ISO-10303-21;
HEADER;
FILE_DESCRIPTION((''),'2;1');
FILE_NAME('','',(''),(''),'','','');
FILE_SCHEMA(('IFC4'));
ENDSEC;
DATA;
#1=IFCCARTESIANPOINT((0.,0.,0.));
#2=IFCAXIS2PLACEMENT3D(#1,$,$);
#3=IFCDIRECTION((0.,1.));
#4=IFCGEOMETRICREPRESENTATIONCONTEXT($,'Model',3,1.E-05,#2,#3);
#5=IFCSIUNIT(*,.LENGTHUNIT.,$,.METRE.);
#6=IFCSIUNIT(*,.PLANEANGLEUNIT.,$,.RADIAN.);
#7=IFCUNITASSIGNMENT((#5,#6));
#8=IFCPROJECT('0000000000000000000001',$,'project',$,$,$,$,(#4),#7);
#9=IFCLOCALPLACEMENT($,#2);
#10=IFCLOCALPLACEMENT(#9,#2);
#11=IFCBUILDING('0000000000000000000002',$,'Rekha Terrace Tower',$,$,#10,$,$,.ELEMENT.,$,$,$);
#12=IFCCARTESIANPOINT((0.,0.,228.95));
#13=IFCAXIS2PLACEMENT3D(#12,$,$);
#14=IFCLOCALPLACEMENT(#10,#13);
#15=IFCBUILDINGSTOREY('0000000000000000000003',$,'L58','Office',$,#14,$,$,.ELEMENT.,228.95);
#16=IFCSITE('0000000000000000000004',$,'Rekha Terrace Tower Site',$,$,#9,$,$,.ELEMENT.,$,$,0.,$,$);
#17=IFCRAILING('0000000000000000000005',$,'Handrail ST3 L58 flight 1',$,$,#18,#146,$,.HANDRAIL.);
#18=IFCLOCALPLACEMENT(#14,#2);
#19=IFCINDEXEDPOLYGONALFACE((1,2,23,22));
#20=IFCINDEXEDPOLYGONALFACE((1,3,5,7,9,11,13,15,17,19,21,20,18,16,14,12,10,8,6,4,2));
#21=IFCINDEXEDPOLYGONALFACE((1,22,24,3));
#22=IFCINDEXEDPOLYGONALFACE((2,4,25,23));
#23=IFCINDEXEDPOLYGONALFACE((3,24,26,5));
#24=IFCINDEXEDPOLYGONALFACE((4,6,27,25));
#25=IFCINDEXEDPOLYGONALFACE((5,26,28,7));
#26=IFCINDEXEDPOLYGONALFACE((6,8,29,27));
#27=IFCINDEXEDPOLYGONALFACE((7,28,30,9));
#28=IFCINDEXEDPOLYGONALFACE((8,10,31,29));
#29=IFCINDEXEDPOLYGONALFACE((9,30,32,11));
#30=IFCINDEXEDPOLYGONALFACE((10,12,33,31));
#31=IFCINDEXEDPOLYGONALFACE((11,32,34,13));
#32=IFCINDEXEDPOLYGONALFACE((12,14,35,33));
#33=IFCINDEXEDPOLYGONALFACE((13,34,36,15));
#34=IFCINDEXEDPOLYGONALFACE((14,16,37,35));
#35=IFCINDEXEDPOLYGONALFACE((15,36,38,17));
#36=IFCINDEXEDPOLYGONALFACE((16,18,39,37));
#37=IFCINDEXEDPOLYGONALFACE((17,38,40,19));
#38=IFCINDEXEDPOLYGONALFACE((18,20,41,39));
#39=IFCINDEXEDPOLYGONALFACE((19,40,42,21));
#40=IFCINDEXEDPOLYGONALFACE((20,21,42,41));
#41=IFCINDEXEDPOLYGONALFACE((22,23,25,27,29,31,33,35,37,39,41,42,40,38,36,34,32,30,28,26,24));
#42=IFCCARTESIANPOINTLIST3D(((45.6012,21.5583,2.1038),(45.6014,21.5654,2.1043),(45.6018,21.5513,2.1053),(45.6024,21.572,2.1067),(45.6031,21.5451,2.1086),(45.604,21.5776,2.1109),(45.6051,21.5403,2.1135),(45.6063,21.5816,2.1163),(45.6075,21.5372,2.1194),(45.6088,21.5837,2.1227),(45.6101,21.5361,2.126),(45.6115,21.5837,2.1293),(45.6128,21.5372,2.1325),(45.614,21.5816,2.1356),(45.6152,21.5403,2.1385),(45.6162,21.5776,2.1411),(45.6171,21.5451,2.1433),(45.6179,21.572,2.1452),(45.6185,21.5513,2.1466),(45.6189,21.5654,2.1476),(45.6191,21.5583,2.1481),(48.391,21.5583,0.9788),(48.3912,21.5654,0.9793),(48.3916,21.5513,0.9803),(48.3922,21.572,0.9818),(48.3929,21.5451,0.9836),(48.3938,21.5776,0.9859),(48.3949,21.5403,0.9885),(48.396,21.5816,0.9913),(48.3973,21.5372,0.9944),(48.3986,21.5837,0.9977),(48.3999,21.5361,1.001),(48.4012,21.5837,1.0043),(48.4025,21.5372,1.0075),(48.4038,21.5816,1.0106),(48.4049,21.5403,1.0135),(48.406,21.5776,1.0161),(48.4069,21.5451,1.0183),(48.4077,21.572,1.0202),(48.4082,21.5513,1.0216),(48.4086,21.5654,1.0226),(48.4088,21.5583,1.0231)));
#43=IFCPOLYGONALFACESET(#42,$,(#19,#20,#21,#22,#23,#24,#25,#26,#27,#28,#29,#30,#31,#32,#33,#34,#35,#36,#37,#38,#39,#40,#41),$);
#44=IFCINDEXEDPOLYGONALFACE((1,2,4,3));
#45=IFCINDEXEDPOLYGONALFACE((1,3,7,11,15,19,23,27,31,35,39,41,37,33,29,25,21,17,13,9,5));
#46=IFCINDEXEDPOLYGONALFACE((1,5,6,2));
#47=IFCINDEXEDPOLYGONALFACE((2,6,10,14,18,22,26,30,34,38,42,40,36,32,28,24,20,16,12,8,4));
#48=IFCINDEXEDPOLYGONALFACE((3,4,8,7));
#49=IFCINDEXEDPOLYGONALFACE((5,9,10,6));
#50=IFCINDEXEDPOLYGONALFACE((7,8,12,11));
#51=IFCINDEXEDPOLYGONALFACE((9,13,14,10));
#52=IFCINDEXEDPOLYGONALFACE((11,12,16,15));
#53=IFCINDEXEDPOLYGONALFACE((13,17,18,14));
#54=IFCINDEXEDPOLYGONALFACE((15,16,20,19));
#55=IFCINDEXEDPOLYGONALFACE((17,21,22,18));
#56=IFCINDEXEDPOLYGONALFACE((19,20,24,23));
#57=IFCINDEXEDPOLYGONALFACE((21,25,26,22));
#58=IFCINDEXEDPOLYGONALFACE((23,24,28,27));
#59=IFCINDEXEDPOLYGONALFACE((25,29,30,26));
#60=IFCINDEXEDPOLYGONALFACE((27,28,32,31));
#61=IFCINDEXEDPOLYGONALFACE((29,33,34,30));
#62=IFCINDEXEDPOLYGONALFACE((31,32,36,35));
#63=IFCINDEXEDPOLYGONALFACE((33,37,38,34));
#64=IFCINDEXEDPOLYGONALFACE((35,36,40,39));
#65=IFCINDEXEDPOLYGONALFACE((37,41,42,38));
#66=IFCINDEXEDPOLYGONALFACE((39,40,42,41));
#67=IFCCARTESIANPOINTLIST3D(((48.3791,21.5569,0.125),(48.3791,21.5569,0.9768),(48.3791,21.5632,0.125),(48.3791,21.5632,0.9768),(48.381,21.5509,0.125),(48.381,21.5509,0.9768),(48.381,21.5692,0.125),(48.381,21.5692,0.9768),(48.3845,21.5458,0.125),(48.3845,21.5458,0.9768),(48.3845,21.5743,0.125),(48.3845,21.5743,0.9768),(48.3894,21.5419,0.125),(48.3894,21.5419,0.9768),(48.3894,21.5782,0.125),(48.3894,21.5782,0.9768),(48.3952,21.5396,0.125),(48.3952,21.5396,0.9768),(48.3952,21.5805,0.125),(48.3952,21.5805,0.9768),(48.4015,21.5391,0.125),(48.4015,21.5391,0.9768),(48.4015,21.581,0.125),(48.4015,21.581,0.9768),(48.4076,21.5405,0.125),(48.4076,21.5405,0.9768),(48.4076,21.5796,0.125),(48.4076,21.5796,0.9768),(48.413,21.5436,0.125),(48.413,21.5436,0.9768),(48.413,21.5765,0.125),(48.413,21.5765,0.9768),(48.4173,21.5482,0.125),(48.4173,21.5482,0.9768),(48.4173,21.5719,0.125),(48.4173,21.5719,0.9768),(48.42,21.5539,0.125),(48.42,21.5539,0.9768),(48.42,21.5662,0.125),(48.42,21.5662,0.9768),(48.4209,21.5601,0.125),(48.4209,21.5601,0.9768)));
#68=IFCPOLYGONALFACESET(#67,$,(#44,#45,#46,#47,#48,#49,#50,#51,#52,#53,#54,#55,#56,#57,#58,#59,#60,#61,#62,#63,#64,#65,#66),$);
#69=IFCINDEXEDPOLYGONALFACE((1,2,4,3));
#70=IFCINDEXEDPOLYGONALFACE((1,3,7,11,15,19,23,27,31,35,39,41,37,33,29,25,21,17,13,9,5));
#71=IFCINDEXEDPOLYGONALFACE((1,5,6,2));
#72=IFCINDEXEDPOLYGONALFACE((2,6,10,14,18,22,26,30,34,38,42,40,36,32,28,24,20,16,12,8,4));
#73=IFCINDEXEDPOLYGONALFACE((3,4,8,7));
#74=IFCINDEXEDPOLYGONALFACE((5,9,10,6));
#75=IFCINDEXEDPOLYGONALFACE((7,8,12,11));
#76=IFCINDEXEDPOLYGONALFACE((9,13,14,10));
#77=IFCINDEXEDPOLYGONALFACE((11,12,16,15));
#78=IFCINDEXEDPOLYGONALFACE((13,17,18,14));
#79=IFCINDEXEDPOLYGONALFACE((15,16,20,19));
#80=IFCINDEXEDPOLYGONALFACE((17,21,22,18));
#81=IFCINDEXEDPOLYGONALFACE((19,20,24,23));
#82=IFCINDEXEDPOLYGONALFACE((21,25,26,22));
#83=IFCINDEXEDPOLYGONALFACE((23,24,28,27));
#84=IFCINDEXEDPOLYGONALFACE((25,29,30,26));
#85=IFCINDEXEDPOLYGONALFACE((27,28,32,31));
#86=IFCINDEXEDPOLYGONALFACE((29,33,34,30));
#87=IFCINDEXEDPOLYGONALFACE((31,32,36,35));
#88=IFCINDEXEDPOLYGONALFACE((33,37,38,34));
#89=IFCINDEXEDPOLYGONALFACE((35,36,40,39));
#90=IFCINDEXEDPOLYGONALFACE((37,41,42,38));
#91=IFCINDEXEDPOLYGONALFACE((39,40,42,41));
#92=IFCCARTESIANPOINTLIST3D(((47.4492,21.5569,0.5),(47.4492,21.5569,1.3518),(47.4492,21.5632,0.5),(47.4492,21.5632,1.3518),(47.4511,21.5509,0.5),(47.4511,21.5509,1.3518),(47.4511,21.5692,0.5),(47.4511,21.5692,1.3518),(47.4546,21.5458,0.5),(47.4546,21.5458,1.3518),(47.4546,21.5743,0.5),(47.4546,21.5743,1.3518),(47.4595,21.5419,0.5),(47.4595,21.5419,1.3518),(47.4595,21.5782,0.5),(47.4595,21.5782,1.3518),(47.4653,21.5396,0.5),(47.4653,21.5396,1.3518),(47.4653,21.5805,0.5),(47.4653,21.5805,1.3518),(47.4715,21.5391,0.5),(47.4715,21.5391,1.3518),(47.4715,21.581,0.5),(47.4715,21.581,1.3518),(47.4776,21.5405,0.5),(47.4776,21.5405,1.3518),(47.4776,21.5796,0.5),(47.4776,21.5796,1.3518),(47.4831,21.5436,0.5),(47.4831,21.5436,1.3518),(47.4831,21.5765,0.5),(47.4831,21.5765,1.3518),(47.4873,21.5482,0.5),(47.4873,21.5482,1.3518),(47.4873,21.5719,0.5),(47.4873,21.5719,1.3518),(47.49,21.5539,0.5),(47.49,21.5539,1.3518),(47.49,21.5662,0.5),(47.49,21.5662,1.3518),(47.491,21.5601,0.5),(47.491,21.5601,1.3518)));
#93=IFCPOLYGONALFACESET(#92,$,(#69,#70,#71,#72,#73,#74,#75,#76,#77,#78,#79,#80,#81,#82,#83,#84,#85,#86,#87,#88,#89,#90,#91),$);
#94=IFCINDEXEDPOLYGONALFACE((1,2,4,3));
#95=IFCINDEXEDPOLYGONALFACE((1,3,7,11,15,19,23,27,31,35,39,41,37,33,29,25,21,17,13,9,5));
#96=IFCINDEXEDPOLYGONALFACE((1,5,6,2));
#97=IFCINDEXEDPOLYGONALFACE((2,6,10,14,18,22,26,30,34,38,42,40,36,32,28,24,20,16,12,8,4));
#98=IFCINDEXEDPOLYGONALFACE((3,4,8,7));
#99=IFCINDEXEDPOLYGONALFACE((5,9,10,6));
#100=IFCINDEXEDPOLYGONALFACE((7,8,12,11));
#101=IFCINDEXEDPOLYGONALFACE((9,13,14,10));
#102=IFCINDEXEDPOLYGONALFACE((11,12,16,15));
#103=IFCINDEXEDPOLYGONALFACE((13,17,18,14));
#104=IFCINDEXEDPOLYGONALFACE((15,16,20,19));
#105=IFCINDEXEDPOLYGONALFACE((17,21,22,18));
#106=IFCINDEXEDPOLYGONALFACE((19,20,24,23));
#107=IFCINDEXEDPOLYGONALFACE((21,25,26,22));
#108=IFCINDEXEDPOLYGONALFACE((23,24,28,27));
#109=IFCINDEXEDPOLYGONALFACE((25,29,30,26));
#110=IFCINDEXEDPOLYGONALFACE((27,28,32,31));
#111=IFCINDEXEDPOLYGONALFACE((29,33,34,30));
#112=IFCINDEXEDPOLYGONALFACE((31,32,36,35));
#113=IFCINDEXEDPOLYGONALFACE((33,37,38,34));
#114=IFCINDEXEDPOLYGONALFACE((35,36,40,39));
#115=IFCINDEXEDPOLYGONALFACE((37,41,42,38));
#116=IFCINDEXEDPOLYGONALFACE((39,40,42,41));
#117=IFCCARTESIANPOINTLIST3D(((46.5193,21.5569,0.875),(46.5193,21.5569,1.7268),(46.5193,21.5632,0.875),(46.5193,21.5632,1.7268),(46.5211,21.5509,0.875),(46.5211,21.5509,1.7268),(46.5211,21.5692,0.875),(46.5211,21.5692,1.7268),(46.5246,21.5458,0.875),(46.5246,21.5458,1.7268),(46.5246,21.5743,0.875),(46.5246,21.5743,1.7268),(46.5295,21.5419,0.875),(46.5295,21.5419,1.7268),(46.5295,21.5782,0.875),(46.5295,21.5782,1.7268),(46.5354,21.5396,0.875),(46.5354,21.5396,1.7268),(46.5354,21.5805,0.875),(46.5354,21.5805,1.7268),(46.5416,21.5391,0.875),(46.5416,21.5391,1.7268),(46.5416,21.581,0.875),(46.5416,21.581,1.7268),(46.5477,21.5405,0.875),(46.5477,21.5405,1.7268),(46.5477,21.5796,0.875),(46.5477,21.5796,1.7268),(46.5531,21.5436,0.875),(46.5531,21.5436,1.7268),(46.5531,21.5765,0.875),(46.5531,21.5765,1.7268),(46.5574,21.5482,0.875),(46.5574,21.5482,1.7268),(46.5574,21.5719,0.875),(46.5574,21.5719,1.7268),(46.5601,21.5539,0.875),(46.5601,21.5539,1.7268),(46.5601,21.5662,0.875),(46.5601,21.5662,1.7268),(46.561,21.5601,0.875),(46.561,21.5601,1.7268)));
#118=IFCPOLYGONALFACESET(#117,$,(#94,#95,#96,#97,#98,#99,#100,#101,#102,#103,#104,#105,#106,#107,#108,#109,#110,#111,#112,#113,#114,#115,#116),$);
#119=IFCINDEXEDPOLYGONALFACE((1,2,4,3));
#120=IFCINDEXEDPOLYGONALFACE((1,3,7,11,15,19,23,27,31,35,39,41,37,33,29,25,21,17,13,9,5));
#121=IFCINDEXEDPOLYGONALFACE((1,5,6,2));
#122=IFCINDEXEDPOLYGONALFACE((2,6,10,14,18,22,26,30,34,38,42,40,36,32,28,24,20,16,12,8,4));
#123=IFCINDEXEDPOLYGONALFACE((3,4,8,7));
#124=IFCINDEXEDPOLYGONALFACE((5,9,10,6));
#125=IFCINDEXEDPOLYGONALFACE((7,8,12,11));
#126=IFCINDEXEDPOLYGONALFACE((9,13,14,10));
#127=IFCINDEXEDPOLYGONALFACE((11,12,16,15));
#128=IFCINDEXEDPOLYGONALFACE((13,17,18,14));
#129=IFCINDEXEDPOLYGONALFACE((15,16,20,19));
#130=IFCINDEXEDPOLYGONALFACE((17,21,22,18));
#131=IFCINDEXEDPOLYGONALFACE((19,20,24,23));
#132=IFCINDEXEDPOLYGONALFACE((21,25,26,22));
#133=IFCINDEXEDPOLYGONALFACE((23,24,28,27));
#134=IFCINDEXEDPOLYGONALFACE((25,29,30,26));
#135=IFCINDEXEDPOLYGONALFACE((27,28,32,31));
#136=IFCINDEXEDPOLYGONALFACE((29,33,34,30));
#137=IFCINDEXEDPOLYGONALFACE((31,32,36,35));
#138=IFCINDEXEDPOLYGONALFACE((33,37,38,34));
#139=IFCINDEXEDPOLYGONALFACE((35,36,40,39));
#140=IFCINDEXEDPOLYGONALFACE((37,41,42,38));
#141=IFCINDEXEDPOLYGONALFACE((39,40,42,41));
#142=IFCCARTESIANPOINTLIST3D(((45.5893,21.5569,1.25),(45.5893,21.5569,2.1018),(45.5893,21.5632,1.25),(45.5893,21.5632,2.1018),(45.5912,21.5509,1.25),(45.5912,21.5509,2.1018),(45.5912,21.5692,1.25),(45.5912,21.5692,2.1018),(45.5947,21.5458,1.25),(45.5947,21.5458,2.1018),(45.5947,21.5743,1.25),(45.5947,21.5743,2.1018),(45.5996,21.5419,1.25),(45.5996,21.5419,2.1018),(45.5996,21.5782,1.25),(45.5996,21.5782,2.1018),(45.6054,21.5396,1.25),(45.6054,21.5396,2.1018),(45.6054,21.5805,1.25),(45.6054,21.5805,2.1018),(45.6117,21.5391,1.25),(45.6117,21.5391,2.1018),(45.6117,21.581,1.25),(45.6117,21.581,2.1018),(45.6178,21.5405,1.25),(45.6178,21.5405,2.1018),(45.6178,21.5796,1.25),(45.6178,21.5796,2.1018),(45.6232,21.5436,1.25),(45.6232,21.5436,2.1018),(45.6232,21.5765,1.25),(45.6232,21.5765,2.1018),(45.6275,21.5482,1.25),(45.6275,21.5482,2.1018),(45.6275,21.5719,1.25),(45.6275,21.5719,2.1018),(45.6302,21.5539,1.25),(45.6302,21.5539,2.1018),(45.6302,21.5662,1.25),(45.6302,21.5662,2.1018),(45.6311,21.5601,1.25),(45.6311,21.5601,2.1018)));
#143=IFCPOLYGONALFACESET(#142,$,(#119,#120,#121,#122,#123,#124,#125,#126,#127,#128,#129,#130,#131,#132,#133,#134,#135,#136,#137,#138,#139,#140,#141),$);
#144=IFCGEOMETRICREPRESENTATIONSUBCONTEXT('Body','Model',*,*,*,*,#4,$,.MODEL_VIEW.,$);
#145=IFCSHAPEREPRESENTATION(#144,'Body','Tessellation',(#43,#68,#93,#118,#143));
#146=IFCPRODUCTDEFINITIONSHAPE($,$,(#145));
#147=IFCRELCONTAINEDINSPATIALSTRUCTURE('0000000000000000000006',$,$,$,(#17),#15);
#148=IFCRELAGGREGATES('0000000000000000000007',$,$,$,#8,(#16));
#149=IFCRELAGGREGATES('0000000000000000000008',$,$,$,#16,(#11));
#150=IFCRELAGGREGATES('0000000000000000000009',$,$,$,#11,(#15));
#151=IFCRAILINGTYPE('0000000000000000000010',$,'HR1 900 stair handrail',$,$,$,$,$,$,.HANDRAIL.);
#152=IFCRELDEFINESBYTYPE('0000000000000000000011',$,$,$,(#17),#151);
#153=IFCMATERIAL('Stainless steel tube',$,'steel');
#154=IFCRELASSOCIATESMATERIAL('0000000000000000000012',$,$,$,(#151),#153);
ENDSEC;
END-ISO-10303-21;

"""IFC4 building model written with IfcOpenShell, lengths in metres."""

from ifc_helpers import new_model, si_unit, direction, frame, origin, origin_2d, place, context, subcontext, project, spatial, circle, extrude, material, type_object, element, save


model = new_model("IFC4")

# Units and contexts
model_context = context("Model", 3, precision=1e-05, world=origin(), true_north=direction((0.0, 1.0)))
body_context = subcontext(model_context, "Body", "Model", "MODEL_VIEW")
ifc_project = project(units=[si_unit("LENGTHUNIT", "METRE"), si_unit("PLANEANGLEUNIT", "RADIAN")], contexts=[model_context])

# Site, building, storey
site_placement = place(None, origin())
site = spatial("IfcSite", under=ifc_project, at=site_placement, Name="Rekha Terrace Tower Site", CompositionType="ELEMENT", RefElevation=0.0)
building_placement = place(site_placement, origin())
building = spatial("IfcBuilding", under=site, at=building_placement, Name="Rekha Terrace Tower", CompositionType="ELEMENT")
storey_placement = place(building_placement, frame((0.0, 0.0, 228.95)))
storey = spatial("IfcBuildingStorey", under=building, at=storey_placement, Name="L58", Description="Office", CompositionType="ELEMENT", Elevation=228.95)

# Railing
ifc_material_1 = material(Name="Stainless steel tube", Category="steel")
railing_type_1 = type_object("IfcRailingType", Name="HR1 900 stair handrail", PredefinedType="HANDRAIL", material=ifc_material_1)
railing_1_placement = place(storey_placement, frame((48.3999, 21.5601, 0.125)))
element("IfcRailing", 1, at=railing_1_placement, inside=storey, type_object=railing_type_1, Name="Handrail ST3 L58 flight 1", PredefinedType="HANDRAIL", context=body_context, shape_type="SweptSolid", body=[
    extrude(circle(Radius=0.0239, at=origin_2d()), frame((0.0, 0.0, 0.876), z_axis=(-0.927432, 0.0, 0.373992), x_axis=(0.0, -1.0, 0.0)), (0.0, 0.0, 1.0), 3.0081),
    extrude(circle(Radius=0.021, at=origin_2d()), origin(), (0.0, 0.0, 1.0), 0.8518),
    extrude(circle(Radius=0.021, at=origin_2d()), frame((-0.9299, 0.0, 0.375)), (0.0, 0.0, 1.0), 0.8518),
    extrude(circle(Radius=0.021, at=origin_2d()), frame((-1.8599, 0.0, 0.75)), (0.0, 0.0, 1.0), 0.8518),
    extrude(circle(Radius=0.021, at=origin_2d()), frame((-2.7898, 0.0, 1.125)), (0.0, 0.0, 1.0), 0.8518),
])

save(model, "model.ifc")
